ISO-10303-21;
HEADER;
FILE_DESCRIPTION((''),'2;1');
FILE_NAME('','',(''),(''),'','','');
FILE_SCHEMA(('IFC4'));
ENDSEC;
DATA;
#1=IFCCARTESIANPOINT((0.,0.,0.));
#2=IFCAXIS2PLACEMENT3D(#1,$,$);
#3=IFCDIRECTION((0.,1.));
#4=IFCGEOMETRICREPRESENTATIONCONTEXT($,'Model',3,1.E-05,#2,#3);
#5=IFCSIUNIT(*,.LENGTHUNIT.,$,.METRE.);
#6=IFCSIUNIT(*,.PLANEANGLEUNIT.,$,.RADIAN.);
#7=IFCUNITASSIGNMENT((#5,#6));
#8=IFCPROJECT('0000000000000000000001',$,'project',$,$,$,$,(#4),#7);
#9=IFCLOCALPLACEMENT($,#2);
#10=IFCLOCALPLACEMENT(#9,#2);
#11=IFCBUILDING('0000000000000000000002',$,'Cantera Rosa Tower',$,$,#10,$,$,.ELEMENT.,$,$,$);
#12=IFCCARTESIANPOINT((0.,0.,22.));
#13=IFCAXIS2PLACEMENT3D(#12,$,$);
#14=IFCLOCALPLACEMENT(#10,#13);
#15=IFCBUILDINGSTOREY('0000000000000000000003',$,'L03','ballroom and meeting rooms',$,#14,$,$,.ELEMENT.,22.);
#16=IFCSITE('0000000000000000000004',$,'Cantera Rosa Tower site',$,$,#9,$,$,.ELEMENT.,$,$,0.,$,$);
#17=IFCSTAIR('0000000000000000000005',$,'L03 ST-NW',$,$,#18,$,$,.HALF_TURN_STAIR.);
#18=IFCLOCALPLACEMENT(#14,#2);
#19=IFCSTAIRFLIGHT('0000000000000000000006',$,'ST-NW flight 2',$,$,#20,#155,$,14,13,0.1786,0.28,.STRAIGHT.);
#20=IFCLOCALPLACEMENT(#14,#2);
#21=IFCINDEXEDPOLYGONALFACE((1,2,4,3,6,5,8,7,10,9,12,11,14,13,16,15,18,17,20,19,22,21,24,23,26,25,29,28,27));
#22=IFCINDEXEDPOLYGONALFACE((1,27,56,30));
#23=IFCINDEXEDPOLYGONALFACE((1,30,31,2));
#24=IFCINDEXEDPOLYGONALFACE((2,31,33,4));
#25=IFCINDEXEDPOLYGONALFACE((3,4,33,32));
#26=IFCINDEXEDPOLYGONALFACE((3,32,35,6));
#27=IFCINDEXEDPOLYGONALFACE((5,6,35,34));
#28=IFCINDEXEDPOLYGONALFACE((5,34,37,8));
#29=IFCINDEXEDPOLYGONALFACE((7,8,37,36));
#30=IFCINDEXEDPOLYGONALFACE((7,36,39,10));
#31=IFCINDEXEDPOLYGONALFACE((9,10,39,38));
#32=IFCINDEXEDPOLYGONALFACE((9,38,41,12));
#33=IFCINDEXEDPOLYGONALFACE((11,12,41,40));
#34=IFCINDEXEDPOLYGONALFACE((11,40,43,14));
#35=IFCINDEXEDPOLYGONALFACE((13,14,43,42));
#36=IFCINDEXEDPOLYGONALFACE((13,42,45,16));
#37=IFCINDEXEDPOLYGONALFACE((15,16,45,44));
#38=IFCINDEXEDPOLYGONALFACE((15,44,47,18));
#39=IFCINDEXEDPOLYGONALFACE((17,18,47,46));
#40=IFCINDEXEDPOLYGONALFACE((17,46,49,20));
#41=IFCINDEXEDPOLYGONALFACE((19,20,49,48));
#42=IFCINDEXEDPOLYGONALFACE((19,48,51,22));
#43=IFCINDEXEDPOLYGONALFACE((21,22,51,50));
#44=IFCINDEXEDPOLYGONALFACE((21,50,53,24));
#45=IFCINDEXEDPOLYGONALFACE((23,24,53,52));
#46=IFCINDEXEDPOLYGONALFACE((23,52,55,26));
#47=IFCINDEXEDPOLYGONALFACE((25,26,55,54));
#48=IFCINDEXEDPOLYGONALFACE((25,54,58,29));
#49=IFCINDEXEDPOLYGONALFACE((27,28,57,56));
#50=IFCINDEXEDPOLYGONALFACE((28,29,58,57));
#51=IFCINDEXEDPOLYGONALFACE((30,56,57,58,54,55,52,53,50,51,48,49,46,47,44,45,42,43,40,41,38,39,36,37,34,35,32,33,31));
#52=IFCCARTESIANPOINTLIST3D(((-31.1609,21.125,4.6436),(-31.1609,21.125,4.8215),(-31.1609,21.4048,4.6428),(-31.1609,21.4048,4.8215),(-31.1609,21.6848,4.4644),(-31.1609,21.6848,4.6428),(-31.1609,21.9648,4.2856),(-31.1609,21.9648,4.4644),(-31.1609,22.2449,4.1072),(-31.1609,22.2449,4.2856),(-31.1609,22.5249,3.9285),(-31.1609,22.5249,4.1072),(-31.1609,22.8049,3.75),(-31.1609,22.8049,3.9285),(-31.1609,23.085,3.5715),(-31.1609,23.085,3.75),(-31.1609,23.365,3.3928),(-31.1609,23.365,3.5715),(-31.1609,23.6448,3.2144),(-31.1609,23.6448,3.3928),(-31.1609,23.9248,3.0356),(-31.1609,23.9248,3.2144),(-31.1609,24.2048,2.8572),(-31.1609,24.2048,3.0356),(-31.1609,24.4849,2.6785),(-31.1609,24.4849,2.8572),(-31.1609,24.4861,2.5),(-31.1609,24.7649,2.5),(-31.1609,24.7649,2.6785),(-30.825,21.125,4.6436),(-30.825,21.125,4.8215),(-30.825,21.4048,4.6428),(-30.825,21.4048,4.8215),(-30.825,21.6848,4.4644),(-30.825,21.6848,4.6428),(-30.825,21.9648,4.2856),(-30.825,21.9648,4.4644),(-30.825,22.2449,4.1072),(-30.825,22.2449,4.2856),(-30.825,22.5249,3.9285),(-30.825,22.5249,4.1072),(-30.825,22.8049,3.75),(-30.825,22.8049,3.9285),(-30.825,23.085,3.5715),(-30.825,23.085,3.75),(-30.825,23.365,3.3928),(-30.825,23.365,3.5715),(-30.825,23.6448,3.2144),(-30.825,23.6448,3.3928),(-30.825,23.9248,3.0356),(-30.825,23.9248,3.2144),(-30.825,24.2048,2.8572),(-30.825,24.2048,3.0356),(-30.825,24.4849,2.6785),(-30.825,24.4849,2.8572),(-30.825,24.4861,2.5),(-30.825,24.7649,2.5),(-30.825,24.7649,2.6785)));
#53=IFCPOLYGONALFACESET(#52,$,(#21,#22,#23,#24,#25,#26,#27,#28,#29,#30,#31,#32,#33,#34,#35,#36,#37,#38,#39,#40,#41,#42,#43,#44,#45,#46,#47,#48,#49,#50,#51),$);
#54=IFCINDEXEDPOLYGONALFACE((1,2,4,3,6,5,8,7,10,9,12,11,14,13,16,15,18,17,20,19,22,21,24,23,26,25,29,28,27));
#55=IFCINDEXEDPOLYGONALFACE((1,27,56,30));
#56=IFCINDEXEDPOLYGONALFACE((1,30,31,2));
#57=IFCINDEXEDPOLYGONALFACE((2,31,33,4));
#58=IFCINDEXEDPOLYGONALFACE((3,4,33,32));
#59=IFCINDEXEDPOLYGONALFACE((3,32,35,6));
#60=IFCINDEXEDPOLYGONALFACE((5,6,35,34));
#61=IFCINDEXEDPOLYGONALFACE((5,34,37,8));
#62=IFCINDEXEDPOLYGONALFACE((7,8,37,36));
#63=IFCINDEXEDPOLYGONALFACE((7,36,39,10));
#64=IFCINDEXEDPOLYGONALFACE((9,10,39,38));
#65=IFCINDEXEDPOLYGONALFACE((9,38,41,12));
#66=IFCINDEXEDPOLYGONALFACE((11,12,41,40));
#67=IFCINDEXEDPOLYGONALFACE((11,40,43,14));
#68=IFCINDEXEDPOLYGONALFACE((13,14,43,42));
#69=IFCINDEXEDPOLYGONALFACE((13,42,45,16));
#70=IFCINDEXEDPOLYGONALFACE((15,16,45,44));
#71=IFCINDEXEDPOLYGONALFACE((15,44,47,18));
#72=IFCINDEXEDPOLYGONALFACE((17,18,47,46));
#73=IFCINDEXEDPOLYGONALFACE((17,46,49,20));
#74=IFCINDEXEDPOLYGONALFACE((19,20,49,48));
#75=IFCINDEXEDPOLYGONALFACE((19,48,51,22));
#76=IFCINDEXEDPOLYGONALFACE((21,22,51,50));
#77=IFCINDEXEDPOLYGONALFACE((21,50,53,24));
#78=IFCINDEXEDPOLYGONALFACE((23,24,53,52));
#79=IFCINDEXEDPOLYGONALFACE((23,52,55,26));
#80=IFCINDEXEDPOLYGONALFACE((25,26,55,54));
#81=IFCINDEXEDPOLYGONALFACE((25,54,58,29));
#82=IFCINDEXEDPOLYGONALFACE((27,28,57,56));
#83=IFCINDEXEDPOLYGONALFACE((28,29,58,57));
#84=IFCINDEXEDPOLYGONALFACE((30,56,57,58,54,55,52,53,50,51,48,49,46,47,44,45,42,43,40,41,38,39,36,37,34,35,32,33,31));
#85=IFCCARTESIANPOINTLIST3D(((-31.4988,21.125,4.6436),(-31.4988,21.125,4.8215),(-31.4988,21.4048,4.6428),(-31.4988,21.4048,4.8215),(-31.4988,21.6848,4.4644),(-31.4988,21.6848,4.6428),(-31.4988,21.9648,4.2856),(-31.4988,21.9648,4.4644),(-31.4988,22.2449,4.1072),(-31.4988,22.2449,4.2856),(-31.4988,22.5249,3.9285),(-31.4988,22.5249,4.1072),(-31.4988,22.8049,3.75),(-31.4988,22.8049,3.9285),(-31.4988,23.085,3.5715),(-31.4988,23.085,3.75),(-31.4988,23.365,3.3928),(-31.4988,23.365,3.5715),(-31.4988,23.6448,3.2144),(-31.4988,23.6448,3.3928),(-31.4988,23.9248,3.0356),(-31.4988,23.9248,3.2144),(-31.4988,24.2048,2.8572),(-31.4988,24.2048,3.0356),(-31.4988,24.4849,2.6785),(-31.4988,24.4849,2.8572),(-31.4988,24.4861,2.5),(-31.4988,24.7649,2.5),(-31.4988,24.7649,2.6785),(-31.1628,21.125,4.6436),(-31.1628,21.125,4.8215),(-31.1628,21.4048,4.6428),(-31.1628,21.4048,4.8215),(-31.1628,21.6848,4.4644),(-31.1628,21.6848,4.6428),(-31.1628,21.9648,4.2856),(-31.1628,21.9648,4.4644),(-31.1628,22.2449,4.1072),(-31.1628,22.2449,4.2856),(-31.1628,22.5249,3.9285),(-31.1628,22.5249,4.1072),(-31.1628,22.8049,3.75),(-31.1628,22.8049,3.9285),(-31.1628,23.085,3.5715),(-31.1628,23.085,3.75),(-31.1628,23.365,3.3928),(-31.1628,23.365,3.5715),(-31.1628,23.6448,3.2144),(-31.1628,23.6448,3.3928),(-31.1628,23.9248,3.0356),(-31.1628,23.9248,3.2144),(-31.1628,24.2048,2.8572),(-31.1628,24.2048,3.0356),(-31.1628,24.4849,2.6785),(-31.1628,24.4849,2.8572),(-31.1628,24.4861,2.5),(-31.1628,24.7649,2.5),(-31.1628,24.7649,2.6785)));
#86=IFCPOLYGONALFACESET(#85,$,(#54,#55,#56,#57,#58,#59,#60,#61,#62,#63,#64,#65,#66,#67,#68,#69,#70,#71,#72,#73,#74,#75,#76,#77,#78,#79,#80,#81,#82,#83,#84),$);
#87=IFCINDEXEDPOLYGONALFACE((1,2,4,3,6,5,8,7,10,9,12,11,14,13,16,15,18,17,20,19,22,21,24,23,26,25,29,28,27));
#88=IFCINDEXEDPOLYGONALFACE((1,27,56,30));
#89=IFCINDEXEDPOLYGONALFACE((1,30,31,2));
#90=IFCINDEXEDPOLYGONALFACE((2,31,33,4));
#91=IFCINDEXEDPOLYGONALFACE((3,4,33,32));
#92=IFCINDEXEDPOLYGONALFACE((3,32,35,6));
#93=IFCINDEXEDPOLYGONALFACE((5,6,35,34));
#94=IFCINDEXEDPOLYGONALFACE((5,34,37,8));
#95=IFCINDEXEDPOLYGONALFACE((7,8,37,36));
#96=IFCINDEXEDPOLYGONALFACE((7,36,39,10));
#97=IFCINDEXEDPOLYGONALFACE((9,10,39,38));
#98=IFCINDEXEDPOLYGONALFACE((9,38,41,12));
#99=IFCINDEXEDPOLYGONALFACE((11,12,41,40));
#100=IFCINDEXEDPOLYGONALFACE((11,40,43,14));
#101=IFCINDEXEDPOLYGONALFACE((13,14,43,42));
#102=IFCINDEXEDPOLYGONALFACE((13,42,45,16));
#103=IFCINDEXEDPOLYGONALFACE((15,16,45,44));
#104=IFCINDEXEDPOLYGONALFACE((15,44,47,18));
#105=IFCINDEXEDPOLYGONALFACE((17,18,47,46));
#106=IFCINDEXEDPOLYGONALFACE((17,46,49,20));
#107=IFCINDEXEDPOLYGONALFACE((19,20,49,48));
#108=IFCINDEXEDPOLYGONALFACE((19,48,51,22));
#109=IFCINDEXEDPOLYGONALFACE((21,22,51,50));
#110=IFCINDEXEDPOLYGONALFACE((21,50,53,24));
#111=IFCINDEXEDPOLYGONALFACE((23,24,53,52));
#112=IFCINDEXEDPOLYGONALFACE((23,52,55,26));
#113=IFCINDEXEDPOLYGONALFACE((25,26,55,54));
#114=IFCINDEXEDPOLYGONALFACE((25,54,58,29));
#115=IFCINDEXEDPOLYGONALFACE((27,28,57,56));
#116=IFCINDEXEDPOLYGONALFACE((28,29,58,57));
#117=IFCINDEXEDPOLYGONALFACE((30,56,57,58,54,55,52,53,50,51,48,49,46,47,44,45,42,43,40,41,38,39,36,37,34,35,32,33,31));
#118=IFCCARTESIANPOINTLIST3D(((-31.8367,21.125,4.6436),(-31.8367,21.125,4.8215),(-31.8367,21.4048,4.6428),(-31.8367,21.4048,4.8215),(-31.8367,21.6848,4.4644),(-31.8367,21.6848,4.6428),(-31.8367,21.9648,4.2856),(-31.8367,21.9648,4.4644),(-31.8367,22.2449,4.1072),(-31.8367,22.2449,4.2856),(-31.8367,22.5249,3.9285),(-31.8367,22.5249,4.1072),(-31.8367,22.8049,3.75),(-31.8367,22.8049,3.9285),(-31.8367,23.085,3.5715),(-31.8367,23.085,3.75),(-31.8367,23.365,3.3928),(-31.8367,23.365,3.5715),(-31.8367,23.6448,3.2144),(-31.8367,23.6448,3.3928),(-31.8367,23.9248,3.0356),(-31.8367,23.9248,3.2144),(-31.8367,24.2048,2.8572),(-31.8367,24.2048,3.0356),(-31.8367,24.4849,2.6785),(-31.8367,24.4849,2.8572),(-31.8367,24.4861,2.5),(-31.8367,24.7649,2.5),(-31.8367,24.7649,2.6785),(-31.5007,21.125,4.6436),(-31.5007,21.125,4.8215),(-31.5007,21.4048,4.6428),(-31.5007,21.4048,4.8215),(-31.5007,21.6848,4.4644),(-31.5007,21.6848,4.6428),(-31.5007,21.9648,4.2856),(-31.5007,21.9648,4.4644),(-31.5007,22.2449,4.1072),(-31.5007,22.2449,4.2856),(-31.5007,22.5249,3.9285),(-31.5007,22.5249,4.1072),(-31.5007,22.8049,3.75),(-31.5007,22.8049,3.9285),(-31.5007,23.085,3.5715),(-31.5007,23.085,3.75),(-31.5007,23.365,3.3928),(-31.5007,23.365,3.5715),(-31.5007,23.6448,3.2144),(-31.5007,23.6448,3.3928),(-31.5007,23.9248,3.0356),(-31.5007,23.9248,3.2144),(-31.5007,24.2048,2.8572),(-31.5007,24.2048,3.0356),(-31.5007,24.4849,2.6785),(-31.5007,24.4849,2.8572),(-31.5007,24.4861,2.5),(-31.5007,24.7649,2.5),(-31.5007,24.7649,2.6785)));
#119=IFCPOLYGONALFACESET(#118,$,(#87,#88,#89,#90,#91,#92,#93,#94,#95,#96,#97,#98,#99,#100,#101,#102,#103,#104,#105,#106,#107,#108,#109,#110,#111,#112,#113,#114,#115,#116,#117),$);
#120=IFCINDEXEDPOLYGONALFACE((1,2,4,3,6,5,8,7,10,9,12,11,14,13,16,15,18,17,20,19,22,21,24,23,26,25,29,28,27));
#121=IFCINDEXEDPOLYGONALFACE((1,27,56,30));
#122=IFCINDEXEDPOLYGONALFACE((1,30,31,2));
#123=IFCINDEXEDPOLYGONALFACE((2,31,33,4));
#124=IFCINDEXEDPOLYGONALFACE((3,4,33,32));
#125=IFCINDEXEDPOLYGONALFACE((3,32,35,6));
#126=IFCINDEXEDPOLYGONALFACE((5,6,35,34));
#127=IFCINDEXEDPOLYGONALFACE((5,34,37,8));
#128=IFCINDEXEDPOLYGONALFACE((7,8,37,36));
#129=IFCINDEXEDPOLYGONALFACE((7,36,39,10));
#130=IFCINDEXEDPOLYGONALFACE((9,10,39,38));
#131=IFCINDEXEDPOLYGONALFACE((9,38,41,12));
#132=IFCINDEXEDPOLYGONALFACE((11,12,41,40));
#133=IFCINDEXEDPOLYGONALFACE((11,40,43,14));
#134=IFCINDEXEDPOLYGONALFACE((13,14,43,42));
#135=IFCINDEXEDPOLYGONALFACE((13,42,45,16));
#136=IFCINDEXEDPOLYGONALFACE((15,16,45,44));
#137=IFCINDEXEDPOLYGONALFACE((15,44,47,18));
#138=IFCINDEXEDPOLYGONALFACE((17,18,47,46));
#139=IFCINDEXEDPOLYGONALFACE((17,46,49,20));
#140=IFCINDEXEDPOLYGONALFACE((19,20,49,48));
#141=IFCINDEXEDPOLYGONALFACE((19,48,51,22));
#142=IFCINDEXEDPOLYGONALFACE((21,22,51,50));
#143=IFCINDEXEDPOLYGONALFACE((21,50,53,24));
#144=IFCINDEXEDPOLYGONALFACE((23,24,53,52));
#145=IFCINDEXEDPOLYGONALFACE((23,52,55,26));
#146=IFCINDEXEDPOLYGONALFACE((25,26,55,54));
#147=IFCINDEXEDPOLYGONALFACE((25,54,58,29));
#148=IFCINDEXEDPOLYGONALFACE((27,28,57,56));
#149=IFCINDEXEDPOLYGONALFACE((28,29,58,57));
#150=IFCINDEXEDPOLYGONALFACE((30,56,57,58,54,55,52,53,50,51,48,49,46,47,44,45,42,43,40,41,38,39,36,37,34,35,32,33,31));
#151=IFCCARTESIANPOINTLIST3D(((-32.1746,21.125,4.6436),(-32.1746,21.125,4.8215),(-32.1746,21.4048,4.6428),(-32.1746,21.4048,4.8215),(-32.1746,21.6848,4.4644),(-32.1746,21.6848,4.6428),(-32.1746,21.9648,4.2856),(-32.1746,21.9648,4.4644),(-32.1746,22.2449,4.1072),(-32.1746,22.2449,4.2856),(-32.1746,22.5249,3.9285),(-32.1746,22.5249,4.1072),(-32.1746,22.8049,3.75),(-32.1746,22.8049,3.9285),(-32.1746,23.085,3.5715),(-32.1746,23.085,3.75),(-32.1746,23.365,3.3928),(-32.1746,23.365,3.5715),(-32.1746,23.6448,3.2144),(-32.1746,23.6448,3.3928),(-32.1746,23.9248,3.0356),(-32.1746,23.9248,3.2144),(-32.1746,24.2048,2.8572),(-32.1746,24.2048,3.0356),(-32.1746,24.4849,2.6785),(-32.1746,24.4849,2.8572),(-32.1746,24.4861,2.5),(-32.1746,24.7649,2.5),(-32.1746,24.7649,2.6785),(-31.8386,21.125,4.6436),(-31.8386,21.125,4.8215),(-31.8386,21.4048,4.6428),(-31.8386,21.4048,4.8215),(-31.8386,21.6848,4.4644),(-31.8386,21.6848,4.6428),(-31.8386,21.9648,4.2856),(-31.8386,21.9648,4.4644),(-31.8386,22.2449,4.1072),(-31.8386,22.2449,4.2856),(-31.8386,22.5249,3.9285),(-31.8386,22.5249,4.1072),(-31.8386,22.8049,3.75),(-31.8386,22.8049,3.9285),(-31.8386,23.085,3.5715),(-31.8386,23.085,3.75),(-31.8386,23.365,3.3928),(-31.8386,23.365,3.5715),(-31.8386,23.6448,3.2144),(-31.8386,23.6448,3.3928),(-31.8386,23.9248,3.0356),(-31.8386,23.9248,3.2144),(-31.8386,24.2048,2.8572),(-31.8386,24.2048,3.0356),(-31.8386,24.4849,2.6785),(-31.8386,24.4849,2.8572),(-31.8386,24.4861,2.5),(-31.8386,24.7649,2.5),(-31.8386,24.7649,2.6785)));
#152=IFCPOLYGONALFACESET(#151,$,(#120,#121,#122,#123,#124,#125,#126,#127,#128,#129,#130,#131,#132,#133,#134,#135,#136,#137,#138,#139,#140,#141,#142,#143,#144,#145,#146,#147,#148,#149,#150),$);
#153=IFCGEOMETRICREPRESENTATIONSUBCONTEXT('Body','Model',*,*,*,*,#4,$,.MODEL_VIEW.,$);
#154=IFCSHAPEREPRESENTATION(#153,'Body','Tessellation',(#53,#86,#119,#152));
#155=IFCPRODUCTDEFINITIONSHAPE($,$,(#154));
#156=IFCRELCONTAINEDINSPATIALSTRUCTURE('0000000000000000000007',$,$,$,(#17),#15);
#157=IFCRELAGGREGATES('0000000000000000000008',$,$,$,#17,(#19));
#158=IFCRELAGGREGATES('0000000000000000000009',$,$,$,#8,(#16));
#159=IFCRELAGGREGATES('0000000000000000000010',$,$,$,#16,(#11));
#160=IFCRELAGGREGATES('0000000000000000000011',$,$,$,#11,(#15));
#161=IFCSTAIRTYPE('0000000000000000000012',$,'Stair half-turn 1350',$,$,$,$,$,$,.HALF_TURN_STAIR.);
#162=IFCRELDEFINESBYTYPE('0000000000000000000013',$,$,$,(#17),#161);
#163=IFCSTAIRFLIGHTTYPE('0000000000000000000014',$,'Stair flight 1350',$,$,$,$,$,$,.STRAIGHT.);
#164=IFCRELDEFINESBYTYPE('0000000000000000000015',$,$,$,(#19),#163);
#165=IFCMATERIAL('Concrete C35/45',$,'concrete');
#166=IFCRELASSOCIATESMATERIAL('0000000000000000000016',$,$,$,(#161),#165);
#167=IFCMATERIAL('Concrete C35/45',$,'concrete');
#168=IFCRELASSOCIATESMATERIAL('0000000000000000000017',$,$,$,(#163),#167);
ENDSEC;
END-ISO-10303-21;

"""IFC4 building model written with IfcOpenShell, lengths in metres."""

from ifc_helpers import new_model, si_unit, direction, frame, origin, place, context, subcontext, project, spatial, polyline, outline, extrude, material, type_object, element, aggregate, save


model = new_model("IFC4")

# Units and contexts
model_context = context("Model", 3, precision=1e-05, world=origin(), true_north=direction((0.0, 1.0)))
body_context = subcontext(model_context, "Body", "Model", "MODEL_VIEW")
ifc_project = project(units=[si_unit("LENGTHUNIT", "METRE"), si_unit("PLANEANGLEUNIT", "RADIAN")], contexts=[model_context])

# Site, building, storey
site_placement = place(None, origin())
site = spatial("IfcSite", under=ifc_project, at=site_placement, Name="Cantera Rosa Tower site", CompositionType="ELEMENT", RefElevation=0.0)
building_placement = place(site_placement, origin())
building = spatial("IfcBuilding", under=site, at=building_placement, Name="Cantera Rosa Tower", CompositionType="ELEMENT")
storey_placement = place(building_placement, frame((0.0, 0.0, 22.0)))
storey = spatial("IfcBuildingStorey", under=building, at=storey_placement, Name="L03", Description="ballroom and meeting rooms", CompositionType="ELEMENT", Elevation=22.0)

# Stair, stair flight
ifc_material_1 = material(Name="Concrete C35/45", Category="concrete")
stair_type = type_object("IfcStairType", Name="Stair half-turn 1350", PredefinedType="HALF_TURN_STAIR", material=ifc_material_1)
stair_placement = place(storey_placement, origin())
stair = element("IfcStair", 1, at=stair_placement, inside=storey, type_object=stair_type, Name="L03 ST-NW", PredefinedType="HALF_TURN_STAIR")
ifc_material_2 = material(Name="Concrete C35/45", Category="concrete")
stair_flight_type = type_object("IfcStairFlightType", Name="Stair flight 1350", PredefinedType="STRAIGHT", material=ifc_material_2)
stair_flight_1_placement = place(storey_placement, frame((-31.5, 24.7649, 2.5), z_axis=(0.0, 0.0, 1.0), x_axis=(0.0, -1.0, 0.0)))
stair_flight_1 = element("IfcStairFlight", 2, at=stair_flight_1_placement, type_object=stair_flight_type, Name="ST-NW flight 2", NumberOfRisers=14, NumberOfTreads=13, PredefinedType="STRAIGHT", RiserHeight=0.1786, TreadLength=0.28, context=body_context, shape_type="SweptSolid", body=[
    extrude(outline(polyline([(0.0, 0.0), (0.0, 0.1785), (0.28, 0.1785), (0.28, 0.3572), (0.5601, 0.3572), (0.5601, 0.5356), (0.8401, 0.5356), (0.8401, 0.7144), (1.1201, 0.7144), (1.1201, 0.8928), (1.3999, 0.8928), (1.3999, 1.0715), (1.6799, 1.0715), (1.6799, 1.25), (1.96, 1.25), (1.96, 1.4285), (2.24, 1.4285), (2.24, 1.6072), (2.52, 1.6072), (2.52, 1.7856), (2.8, 1.7856), (2.8, 1.9644), (3.0801, 1.9644), (3.0801, 2.1428), (3.3601, 2.1428), (3.3601, 2.3215), (3.6399, 2.3215), (3.6399, 2.5), (3.6399, 2.1436), (0.2788, 0.0), (0.0, 0.0)])), frame((0.0, 0.675, 0.0), z_axis=(0.0, -1.0, 0.0), x_axis=(1.0, 0.0, 0.0)), (0.0, 0.0, 1.0), 0.3359),
    extrude(outline(polyline([(0.0, 0.0), (0.0, 0.1785), (0.28, 0.1785), (0.28, 0.3572), (0.5601, 0.3572), (0.5601, 0.5356), (0.8401, 0.5356), (0.8401, 0.7144), (1.1201, 0.7144), (1.1201, 0.8928), (1.3999, 0.8928), (1.3999, 1.0715), (1.6799, 1.0715), (1.6799, 1.25), (1.96, 1.25), (1.96, 1.4285), (2.24, 1.4285), (2.24, 1.6072), (2.52, 1.6072), (2.52, 1.7856), (2.8, 1.7856), (2.8, 1.9644), (3.0801, 1.9644), (3.0801, 2.1428), (3.3601, 2.1428), (3.3601, 2.3215), (3.6399, 2.3215), (3.6399, 2.5), (3.6399, 2.1436), (0.2788, 0.0), (0.0, 0.0)])), frame((0.0, 0.3372, 0.0), z_axis=(0.0, -1.0, 0.0), x_axis=(1.0, 0.0, 0.0)), (0.0, 0.0, 1.0), 0.3359),
    extrude(outline(polyline([(0.0, 0.0), (0.0, 0.1785), (0.28, 0.1785), (0.28, 0.3572), (0.5601, 0.3572), (0.5601, 0.5356), (0.8401, 0.5356), (0.8401, 0.7144), (1.1201, 0.7144), (1.1201, 0.8928), (1.3999, 0.8928), (1.3999, 1.0715), (1.6799, 1.0715), (1.6799, 1.25), (1.96, 1.25), (1.96, 1.4285), (2.24, 1.4285), (2.24, 1.6072), (2.52, 1.6072), (2.52, 1.7856), (2.8, 1.7856), (2.8, 1.9644), (3.0801, 1.9644), (3.0801, 2.1428), (3.3601, 2.1428), (3.3601, 2.3215), (3.6399, 2.3215), (3.6399, 2.5), (3.6399, 2.1436), (0.2788, 0.0), (0.0, 0.0)])), frame((0.0, -0.0007, 0.0), z_axis=(0.0, -1.0, 0.0), x_axis=(1.0, 0.0, 0.0)), (0.0, 0.0, 1.0), 0.3359),
    extrude(outline(polyline([(0.0, 0.0), (0.0, 0.1785), (0.28, 0.1785), (0.28, 0.3572), (0.5601, 0.3572), (0.5601, 0.5356), (0.8401, 0.5356), (0.8401, 0.7144), (1.1201, 0.7144), (1.1201, 0.8928), (1.3999, 0.8928), (1.3999, 1.0715), (1.6799, 1.0715), (1.6799, 1.25), (1.96, 1.25), (1.96, 1.4285), (2.24, 1.4285), (2.24, 1.6072), (2.52, 1.6072), (2.52, 1.7856), (2.8, 1.7856), (2.8, 1.9644), (3.0801, 1.9644), (3.0801, 2.1428), (3.3601, 2.1428), (3.3601, 2.3215), (3.6399, 2.3215), (3.6399, 2.5), (3.6399, 2.1436), (0.2788, 0.0), (0.0, 0.0)])), frame((0.0, -0.3386, 0.0), z_axis=(0.0, -1.0, 0.0), x_axis=(1.0, 0.0, 0.0)), (0.0, 0.0, 1.0), 0.3359),
])
aggregate(stair, [stair_flight_1])

save(model, "model.ifc")
